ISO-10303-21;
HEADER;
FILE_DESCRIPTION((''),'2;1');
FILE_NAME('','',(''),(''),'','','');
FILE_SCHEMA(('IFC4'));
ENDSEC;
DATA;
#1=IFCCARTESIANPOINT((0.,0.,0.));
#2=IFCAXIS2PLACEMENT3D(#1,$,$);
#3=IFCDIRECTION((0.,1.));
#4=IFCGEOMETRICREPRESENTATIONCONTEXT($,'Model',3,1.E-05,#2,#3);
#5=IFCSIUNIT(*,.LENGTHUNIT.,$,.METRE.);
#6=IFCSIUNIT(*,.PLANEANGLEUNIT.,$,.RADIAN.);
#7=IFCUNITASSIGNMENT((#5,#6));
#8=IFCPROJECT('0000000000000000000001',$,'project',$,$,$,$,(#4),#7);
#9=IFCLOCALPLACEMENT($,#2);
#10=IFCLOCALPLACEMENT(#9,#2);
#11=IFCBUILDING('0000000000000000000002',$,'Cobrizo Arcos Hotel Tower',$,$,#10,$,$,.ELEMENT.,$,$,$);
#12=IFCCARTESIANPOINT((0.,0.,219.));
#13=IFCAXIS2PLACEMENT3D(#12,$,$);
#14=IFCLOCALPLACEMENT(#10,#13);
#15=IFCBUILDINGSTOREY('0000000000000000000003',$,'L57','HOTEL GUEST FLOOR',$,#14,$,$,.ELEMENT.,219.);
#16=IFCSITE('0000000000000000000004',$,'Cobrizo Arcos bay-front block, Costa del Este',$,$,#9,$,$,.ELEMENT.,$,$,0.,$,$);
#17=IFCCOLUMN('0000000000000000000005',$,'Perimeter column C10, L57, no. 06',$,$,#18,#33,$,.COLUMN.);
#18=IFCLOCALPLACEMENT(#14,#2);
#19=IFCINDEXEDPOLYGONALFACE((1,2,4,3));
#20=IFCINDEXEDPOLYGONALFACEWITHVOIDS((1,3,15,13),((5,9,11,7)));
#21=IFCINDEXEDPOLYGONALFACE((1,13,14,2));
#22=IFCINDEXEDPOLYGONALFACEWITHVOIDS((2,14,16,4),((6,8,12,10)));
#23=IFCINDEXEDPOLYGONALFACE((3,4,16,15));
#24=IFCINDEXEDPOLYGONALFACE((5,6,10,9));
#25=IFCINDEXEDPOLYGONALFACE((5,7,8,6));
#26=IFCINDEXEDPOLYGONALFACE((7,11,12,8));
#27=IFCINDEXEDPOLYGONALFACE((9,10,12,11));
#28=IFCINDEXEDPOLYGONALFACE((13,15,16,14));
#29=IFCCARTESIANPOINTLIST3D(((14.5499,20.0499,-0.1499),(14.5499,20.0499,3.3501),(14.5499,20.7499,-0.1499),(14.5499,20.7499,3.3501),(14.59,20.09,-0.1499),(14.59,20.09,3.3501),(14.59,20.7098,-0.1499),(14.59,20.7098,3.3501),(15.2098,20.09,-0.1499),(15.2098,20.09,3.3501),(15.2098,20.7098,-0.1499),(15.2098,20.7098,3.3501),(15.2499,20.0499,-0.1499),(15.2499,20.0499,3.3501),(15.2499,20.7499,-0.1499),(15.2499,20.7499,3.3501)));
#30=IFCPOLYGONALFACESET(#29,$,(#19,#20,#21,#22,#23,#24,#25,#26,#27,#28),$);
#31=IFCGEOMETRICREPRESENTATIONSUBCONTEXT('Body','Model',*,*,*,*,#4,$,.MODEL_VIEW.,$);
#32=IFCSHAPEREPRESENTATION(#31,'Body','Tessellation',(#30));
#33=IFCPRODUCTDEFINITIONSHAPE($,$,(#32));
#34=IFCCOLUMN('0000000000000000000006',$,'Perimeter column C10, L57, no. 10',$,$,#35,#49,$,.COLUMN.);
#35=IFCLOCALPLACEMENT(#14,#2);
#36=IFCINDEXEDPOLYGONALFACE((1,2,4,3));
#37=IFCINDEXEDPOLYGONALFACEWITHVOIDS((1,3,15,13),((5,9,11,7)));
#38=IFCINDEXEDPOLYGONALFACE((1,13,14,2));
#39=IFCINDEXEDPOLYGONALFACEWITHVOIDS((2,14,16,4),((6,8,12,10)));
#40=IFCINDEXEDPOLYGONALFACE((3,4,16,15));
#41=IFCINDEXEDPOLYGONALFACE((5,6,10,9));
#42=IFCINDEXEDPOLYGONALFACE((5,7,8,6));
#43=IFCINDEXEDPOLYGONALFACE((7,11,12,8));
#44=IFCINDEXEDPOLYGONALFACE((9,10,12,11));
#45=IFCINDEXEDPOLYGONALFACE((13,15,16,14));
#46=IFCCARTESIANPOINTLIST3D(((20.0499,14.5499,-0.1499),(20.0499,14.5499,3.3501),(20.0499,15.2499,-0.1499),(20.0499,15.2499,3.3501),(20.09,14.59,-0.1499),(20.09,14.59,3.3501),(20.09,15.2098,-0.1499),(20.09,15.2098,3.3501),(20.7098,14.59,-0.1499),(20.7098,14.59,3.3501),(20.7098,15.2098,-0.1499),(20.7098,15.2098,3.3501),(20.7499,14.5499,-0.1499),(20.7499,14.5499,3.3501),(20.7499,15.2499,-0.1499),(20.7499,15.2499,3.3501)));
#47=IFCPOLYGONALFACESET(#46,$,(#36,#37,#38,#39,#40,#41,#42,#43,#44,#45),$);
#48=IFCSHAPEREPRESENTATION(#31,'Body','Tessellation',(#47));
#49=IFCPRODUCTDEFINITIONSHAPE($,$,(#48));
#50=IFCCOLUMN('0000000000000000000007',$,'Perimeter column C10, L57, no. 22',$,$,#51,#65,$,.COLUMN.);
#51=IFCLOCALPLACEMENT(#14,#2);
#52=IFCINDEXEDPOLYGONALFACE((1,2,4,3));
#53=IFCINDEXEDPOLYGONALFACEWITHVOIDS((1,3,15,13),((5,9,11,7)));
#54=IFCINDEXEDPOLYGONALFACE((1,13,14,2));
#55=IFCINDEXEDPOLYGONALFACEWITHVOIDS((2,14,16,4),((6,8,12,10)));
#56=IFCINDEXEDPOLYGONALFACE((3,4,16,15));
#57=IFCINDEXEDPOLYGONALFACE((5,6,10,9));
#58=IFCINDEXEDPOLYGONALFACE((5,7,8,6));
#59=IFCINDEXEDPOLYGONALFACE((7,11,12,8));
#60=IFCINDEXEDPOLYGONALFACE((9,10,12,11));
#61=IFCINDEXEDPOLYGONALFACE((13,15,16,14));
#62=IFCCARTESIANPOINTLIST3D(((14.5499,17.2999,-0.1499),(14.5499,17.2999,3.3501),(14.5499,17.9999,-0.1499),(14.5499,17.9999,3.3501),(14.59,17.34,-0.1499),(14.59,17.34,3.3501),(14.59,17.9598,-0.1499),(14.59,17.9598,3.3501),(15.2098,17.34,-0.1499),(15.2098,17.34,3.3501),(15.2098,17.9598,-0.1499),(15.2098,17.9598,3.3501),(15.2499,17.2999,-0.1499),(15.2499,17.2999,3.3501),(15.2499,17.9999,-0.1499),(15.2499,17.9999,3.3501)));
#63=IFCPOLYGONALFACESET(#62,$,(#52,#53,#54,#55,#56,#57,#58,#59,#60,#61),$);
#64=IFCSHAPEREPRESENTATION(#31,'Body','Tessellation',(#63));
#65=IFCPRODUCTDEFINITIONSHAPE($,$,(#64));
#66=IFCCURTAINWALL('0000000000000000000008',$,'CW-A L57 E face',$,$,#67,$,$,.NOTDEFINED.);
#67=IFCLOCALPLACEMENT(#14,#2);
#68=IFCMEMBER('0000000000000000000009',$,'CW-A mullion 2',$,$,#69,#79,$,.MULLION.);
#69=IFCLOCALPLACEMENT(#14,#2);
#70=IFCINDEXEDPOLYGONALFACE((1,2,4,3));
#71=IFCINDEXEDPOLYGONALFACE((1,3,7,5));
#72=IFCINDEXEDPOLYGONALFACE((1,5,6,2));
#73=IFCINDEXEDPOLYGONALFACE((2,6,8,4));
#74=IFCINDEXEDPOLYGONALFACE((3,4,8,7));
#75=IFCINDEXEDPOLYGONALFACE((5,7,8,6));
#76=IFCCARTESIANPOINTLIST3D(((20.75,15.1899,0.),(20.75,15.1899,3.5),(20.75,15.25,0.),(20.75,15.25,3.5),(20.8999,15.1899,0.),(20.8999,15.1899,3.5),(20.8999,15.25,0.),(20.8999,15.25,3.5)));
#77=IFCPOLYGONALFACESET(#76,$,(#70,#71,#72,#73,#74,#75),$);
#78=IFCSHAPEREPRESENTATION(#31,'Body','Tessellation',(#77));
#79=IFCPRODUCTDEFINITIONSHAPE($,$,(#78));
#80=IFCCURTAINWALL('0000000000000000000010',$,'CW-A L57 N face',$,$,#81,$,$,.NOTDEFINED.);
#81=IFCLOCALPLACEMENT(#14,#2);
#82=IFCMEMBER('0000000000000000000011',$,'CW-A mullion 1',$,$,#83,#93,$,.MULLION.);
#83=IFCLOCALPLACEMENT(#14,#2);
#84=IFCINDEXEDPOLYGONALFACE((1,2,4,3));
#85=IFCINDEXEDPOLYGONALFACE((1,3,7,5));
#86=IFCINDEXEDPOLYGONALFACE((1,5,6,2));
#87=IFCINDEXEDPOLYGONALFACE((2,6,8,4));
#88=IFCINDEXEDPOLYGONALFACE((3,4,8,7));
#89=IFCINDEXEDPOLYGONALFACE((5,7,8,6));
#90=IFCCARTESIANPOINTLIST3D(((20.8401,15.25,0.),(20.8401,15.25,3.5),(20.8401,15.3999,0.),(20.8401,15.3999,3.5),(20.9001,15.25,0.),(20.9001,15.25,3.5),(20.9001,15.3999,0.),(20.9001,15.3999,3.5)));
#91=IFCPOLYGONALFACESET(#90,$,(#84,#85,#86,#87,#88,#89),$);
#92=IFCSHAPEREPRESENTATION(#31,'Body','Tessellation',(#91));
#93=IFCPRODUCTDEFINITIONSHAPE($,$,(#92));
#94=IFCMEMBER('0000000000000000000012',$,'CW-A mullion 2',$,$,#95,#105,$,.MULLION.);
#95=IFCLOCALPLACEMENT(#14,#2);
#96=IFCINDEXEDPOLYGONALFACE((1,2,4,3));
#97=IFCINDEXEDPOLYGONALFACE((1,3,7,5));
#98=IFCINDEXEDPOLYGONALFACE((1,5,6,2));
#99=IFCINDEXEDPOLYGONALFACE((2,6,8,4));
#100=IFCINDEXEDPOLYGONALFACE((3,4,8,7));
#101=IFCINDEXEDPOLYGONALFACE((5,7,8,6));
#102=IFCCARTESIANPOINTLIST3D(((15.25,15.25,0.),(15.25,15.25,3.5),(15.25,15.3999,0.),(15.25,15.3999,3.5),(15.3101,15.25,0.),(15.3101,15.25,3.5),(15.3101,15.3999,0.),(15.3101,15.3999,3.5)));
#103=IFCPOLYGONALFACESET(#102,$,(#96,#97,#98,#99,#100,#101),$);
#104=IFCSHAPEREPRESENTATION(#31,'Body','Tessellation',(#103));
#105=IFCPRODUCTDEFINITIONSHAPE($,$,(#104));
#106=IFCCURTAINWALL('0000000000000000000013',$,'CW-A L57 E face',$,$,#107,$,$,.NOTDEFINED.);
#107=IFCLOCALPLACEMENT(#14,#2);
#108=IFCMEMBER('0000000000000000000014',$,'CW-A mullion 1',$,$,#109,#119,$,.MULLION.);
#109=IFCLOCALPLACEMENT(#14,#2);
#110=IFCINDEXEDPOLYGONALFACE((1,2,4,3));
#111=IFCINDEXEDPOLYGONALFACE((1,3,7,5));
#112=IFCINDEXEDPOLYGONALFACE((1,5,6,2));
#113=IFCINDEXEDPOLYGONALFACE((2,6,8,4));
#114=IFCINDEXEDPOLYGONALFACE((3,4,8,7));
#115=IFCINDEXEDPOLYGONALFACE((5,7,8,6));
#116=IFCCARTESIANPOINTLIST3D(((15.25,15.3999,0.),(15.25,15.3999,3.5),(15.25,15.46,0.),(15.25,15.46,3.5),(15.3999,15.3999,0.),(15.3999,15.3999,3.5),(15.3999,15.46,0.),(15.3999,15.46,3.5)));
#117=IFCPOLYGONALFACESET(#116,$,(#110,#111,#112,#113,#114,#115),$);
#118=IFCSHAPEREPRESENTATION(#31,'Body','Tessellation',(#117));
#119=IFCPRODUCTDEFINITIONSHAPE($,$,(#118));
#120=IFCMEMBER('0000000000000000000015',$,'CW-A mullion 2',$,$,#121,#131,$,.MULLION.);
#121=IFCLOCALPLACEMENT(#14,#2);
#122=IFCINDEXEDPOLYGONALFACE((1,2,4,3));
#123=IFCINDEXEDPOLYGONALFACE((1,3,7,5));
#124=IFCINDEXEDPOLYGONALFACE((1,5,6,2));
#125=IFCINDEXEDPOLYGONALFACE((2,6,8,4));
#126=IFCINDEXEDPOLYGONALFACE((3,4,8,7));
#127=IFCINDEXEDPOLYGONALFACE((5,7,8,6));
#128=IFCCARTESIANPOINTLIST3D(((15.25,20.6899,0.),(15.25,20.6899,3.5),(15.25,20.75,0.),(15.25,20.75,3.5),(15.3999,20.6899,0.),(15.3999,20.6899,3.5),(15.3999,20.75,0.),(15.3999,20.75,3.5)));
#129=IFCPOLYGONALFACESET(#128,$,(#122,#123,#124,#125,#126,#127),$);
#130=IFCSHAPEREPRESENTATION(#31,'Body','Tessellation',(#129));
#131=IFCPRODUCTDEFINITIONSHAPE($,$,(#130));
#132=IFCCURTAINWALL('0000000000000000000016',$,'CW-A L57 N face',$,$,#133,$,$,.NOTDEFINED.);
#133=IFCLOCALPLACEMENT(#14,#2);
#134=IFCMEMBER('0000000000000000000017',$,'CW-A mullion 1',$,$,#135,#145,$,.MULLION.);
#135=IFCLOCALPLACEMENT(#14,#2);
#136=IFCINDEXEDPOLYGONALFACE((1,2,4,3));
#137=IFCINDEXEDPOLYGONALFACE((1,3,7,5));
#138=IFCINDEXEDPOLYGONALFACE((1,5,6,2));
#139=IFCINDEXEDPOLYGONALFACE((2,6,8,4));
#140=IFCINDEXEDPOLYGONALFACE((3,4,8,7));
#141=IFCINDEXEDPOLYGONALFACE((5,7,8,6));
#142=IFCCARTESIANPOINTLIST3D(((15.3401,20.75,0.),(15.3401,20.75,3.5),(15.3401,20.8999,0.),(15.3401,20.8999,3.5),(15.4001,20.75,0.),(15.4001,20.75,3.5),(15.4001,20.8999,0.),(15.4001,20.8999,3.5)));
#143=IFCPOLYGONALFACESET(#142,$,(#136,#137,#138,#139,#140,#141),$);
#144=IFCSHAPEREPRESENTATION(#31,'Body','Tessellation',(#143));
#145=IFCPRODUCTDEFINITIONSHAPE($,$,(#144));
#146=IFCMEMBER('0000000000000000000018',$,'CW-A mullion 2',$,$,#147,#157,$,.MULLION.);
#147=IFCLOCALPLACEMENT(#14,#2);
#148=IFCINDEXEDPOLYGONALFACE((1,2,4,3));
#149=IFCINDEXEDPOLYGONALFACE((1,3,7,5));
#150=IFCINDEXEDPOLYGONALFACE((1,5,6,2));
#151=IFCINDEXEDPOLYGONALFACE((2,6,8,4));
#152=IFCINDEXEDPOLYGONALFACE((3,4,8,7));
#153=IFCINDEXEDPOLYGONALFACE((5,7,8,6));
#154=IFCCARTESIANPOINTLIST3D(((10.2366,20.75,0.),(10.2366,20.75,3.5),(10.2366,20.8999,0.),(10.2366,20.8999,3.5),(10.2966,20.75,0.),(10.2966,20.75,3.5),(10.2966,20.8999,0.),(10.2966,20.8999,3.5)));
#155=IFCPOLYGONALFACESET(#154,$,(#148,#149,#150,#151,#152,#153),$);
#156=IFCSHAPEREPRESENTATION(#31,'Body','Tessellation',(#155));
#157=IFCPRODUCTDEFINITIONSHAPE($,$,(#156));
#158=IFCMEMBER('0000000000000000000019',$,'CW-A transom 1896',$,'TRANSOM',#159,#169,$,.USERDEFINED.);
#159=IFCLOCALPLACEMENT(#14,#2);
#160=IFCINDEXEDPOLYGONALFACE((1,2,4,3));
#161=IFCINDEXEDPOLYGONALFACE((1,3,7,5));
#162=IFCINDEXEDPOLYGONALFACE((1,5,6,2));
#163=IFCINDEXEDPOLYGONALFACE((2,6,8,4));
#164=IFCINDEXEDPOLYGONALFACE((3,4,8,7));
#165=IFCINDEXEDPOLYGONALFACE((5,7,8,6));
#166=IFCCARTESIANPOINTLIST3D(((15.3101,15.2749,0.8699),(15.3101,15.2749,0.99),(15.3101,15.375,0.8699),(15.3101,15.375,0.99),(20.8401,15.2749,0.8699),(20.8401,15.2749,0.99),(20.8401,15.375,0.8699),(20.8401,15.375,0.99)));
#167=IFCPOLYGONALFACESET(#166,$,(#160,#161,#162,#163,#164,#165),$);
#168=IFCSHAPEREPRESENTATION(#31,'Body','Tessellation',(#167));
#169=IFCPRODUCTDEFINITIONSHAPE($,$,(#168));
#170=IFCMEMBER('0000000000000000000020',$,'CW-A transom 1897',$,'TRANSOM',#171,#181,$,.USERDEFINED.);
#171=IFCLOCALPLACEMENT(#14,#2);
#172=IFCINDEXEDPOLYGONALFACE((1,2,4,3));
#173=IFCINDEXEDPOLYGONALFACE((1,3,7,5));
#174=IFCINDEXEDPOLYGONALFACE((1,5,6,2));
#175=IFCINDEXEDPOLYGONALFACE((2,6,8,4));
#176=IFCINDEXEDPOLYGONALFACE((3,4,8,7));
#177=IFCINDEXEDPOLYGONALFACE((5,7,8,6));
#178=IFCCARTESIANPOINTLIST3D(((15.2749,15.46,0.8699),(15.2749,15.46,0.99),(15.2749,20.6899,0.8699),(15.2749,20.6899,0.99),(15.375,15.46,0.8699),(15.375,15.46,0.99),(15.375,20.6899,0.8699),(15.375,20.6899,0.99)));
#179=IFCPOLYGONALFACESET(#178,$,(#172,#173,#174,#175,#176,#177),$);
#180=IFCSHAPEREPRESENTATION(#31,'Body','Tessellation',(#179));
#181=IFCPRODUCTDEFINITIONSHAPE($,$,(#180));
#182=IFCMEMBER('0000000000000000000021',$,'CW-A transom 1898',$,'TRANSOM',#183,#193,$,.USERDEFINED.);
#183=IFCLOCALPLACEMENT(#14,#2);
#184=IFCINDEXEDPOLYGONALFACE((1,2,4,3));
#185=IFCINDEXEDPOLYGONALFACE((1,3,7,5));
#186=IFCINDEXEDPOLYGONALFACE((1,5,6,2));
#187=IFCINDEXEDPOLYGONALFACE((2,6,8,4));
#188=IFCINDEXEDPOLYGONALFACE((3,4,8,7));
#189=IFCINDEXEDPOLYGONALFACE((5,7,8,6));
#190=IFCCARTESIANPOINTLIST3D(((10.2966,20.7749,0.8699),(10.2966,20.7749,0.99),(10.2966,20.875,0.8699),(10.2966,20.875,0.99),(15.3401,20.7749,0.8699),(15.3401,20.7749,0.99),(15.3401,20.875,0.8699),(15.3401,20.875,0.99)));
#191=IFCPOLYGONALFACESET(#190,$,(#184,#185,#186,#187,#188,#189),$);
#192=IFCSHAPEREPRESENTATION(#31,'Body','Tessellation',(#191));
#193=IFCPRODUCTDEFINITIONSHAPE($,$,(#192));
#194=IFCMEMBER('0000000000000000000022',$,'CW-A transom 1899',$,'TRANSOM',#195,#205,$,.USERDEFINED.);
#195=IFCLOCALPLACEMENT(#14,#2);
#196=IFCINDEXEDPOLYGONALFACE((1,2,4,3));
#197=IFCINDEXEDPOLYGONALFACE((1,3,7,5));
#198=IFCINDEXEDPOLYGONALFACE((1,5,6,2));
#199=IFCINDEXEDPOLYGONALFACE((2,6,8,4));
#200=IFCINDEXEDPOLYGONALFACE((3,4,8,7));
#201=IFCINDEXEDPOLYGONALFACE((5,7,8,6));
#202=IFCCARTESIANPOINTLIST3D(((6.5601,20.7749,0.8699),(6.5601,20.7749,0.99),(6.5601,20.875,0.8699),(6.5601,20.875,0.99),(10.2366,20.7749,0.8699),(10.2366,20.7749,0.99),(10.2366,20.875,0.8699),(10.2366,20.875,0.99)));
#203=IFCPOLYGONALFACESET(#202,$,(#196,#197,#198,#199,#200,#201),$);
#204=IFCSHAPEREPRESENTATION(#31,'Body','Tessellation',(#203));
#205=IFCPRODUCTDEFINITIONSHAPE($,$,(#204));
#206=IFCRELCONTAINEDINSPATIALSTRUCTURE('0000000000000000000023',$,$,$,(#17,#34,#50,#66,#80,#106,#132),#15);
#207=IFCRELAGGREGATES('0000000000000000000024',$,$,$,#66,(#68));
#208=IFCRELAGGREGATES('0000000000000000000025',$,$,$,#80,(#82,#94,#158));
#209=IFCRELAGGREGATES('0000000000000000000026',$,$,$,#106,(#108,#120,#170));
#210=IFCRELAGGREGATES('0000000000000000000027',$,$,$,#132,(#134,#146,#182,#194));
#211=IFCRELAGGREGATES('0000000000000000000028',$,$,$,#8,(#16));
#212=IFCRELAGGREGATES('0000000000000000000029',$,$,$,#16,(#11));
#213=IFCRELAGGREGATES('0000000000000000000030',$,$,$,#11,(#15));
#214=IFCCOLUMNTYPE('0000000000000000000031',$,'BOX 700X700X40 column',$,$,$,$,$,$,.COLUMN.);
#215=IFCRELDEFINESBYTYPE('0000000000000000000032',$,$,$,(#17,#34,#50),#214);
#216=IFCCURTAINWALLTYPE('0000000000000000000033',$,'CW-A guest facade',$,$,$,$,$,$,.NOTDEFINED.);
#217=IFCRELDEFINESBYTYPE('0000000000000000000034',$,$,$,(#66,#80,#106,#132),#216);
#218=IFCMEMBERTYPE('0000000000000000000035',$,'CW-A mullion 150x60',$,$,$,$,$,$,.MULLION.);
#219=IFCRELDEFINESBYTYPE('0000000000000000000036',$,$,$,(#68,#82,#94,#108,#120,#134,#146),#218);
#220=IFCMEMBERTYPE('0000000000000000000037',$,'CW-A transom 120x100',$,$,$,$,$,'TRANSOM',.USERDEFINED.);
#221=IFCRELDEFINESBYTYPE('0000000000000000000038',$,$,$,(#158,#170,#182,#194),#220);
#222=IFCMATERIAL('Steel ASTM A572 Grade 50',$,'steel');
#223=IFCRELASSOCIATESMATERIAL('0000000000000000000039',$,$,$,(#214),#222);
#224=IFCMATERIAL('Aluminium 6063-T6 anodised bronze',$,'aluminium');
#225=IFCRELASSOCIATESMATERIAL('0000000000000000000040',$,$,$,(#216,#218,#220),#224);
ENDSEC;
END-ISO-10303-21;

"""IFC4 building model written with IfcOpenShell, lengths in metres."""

from ifc_helpers import new_model, si_unit, direction, frame, origin, origin_2d, place, context, subcontext, project, spatial, rectangle, hollow_rectangle, extrude, material, material_profile, profile_set, type_object, element, aggregate, save


model = new_model("IFC4")

# Units and contexts
model_context = context("Model", 3, precision=1e-05, world=origin(), true_north=direction((0.0, 1.0)))
body_context = subcontext(model_context, "Body", "Model", "MODEL_VIEW")
ifc_project = project(units=[si_unit("LENGTHUNIT", "METRE"), si_unit("PLANEANGLEUNIT", "RADIAN")], contexts=[model_context])

# Site, building, storey
site_placement = place(None, origin())
site = spatial("IfcSite", under=ifc_project, at=site_placement, Name="Cobrizo Arcos bay-front block, Costa del Este", CompositionType="ELEMENT", RefElevation=0.0)
building_placement = place(site_placement, origin())
building = spatial("IfcBuilding", under=site, at=building_placement, Name="Cobrizo Arcos Hotel Tower", CompositionType="ELEMENT")
storey_placement = place(building_placement, frame((0.0, 0.0, 219.0)))
storey = spatial("IfcBuildingStorey", under=building, at=storey_placement, Name="L57", Description="HOTEL GUEST FLOOR", CompositionType="ELEMENT", Elevation=219.0)

# Columns
ifc_material_1 = material(Name="Steel ASTM A572 Grade 50", Category="steel")
ifc_material_profile_1 = material_profile(ifc_material_1, hollow_rectangle(XDim=0.7, YDim=0.7, WallThickness=0.04, at=origin_2d()), Name="BOX 700X700X40")
ifc_profile_set_1 = profile_set([ifc_material_profile_1], Name="Steel ASTM A572 Grade 50")
column_type = type_object("IfcColumnType", Name="BOX 700X700X40 column", PredefinedType="COLUMN", material=ifc_profile_set_1)
for number, where, z_axis, x_axis, name in (
    (1, (14.8999, 20.3999, -0.1499), (0.0, 0.0, 1.0), (1.0, 0.0, 0.0), "Perimeter column C10, L57, no. 06"),
    (2, (20.3999, 14.8999, -0.1499), (0.0, 0.0, 1.0), (1.0, 0.0, 0.0), "Perimeter column C10, L57, no. 10"),
    (3, (14.8999, 17.6499, -0.1499), (0.0, 0.0, 1.0), (1.0, 0.0, 0.0), "Perimeter column C10, L57, no. 22"),
):
    element("IfcColumn", number, at=place(storey_placement, frame(where, z_axis=z_axis, x_axis=x_axis)), inside=storey, type_object=column_type, Name=name, PredefinedType="COLUMN", context=body_context, shape_type="SweptSolid", body=[
        extrude(hollow_rectangle(XDim=0.7, YDim=0.7, WallThickness=0.04, at=origin_2d()), origin(), (0.0, 0.0, 1.0), 3.5),
    ])

# Curtain wall, member
ifc_material_2 = material(Name="Aluminium 6063-T6 anodised bronze", Category="aluminium")
curtain_wall_type = type_object("IfcCurtainWallType", Name="CW-A guest facade", PredefinedType="NOTDEFINED", material=ifc_material_2)
curtain_wall_1_placement = place(storey_placement, origin())
curtain_wall_1 = element("IfcCurtainWall", 4, at=curtain_wall_1_placement, inside=storey, type_object=curtain_wall_type, Name="CW-A L57 E face", PredefinedType="NOTDEFINED")
ifc_material_profile_2 = material_profile(ifc_material_2, rectangle(XDim=0.1499, YDim=0.0601, at=origin_2d()), Name="CW-A mullion 150x60")
ifc_profile_set_2 = profile_set([ifc_material_profile_2], Name="Aluminium 6063-T6 anodised bronze")
member_type_1 = type_object("IfcMemberType", Name="CW-A mullion 150x60", PredefinedType="MULLION", material=ifc_profile_set_2)
member_1_placement = place(storey_placement, frame((20.825, 15.22, 0.0), z_axis=(0.0, 0.0, 1.0), x_axis=(1.0, 0.0, 0.0)))
member_1 = element("IfcMember", 5, at=member_1_placement, type_object=member_type_1, Name="CW-A mullion 2", PredefinedType="MULLION", context=body_context, shape_type="SweptSolid", body=[
    extrude(rectangle(XDim=0.1499, YDim=0.0601, at=origin_2d()), origin(), (0.0, 0.0, 1.0), 3.5),
])
aggregate(curtain_wall_1, [member_1])

# Curtain walls, members
curtain_wall_2_placement = place(storey_placement, origin())
curtain_wall_2 = element("IfcCurtainWall", 6, at=curtain_wall_2_placement, inside=storey, type_object=curtain_wall_type, Name="CW-A L57 N face", PredefinedType="NOTDEFINED")
member_2_placement = place(storey_placement, frame((20.8701, 15.325, 0.0), z_axis=(0.0, 0.0, 1.0), x_axis=(0.0, 1.0, 0.0)))
member_2 = element("IfcMember", 7, at=member_2_placement, type_object=member_type_1, Name="CW-A mullion 1", PredefinedType="MULLION", context=body_context, shape_type="SweptSolid", body=[
    extrude(rectangle(XDim=0.1499, YDim=0.0601, at=origin_2d()), origin(), (0.0, 0.0, 1.0), 3.5),
])
member_3_placement = place(storey_placement, frame((15.28, 15.325, 0.0), z_axis=(0.0, 0.0, 1.0), x_axis=(0.0, 1.0, 0.0)))
member_3 = element("IfcMember", 8, at=member_3_placement, type_object=member_type_1, Name="CW-A mullion 2", PredefinedType="MULLION", context=body_context, shape_type="SweptSolid", body=[
    extrude(rectangle(XDim=0.1499, YDim=0.0601, at=origin_2d()), origin(), (0.0, 0.0, 1.0), 3.5),
])
curtain_wall_3_placement = place(storey_placement, origin())
curtain_wall_3 = element("IfcCurtainWall", 9, at=curtain_wall_3_placement, inside=storey, type_object=curtain_wall_type, Name="CW-A L57 E face", PredefinedType="NOTDEFINED")
member_4_placement = place(storey_placement, frame((15.325, 15.4299, 0.0), z_axis=(0.0, 0.0, 1.0), x_axis=(1.0, 0.0, 0.0)))
member_4 = element("IfcMember", 10, at=member_4_placement, type_object=member_type_1, Name="CW-A mullion 1", PredefinedType="MULLION", context=body_context, shape_type="SweptSolid", body=[
    extrude(rectangle(XDim=0.1499, YDim=0.0601, at=origin_2d()), origin(), (0.0, 0.0, 1.0), 3.5),
])
member_5_placement = place(storey_placement, frame((15.325, 20.72, 0.0), z_axis=(0.0, 0.0, 1.0), x_axis=(1.0, 0.0, 0.0)))
member_5 = element("IfcMember", 11, at=member_5_placement, type_object=member_type_1, Name="CW-A mullion 2", PredefinedType="MULLION", context=body_context, shape_type="SweptSolid", body=[
    extrude(rectangle(XDim=0.1499, YDim=0.0601, at=origin_2d()), origin(), (0.0, 0.0, 1.0), 3.5),
])
curtain_wall_4_placement = place(storey_placement, origin())
curtain_wall_4 = element("IfcCurtainWall", 12, at=curtain_wall_4_placement, inside=storey, type_object=curtain_wall_type, Name="CW-A L57 N face", PredefinedType="NOTDEFINED")
member_6_placement = place(storey_placement, frame((15.3701, 20.825, 0.0), z_axis=(0.0, 0.0, 1.0), x_axis=(0.0, 1.0, 0.0)))
member_6 = element("IfcMember", 13, at=member_6_placement, type_object=member_type_1, Name="CW-A mullion 1", PredefinedType="MULLION", context=body_context, shape_type="SweptSolid", body=[
    extrude(rectangle(XDim=0.1499, YDim=0.0601, at=origin_2d()), origin(), (0.0, 0.0, 1.0), 3.5),
])
member_7_placement = place(storey_placement, frame((10.2666, 20.825, 0.0), z_axis=(0.0, 0.0, 1.0), x_axis=(0.0, 1.0, 0.0)))
member_7 = element("IfcMember", 14, at=member_7_placement, type_object=member_type_1, Name="CW-A mullion 2", PredefinedType="MULLION", context=body_context, shape_type="SweptSolid", body=[
    extrude(rectangle(XDim=0.1499, YDim=0.0601, at=origin_2d()), origin(), (0.0, 0.0, 1.0), 3.5),
])

# Members
ifc_material_profile_3 = material_profile(ifc_material_2, rectangle(XDim=0.1001, YDim=0.1201, at=origin_2d()), Name="CW-A transom 120x100")
ifc_profile_set_3 = profile_set([ifc_material_profile_3], Name="Aluminium 6063-T6 anodised bronze")
member_type_2 = type_object("IfcMemberType", Name="CW-A transom 120x100", ElementType="TRANSOM", PredefinedType="USERDEFINED", material=ifc_profile_set_3)
member_8_placement = place(storey_placement, frame((20.8401, 15.325, 0.9299), z_axis=(-1.0, 0.0, 0.0), x_axis=(0.0, -1.0, 0.0)))
member_8 = element("IfcMember", 15, at=member_8_placement, type_object=member_type_2, Name="CW-A transom 1896", ObjectType="TRANSOM", PredefinedType="USERDEFINED", context=body_context, shape_type="SweptSolid", body=[
    extrude(rectangle(XDim=0.1001, YDim=0.1201, at=origin_2d()), origin(), (0.0, 0.0, 1.0), 5.53),
])
member_9_placement = place(storey_placement, frame((15.325, 15.46, 0.9299), z_axis=(0.0, 1.0, 0.0), x_axis=(-1.0, 0.0, 0.0)))
member_9 = element("IfcMember", 16, at=member_9_placement, type_object=member_type_2, Name="CW-A transom 1897", ObjectType="TRANSOM", PredefinedType="USERDEFINED", context=body_context, shape_type="SweptSolid", body=[
    extrude(rectangle(XDim=0.1001, YDim=0.1201, at=origin_2d()), origin(), (0.0, 0.0, 1.0), 5.23),
])
member_10_placement = place(storey_placement, frame((15.3401, 20.825, 0.9299), z_axis=(-1.0, 0.0, 0.0), x_axis=(0.0, -1.0, 0.0)))
member_10 = element("IfcMember", 17, at=member_10_placement, type_object=member_type_2, Name="CW-A transom 1898", ObjectType="TRANSOM", PredefinedType="USERDEFINED", context=body_context, shape_type="SweptSolid", body=[
    extrude(rectangle(XDim=0.1001, YDim=0.1201, at=origin_2d()), origin(), (0.0, 0.0, 1.0), 5.0435),
])
member_11_placement = place(storey_placement, frame((10.2366, 20.825, 0.9299), z_axis=(-1.0, 0.0, 0.0), x_axis=(0.0, -1.0, 0.0)))
member_11 = element("IfcMember", 18, at=member_11_placement, type_object=member_type_2, Name="CW-A transom 1899", ObjectType="TRANSOM", PredefinedType="USERDEFINED", context=body_context, shape_type="SweptSolid", body=[
    extrude(rectangle(XDim=0.1001, YDim=0.1201, at=origin_2d()), origin(), (0.0, 0.0, 1.0), 3.6765),
])

aggregate(curtain_wall_2, [member_2, member_3, member_8])
aggregate(curtain_wall_3, [member_4, member_5, member_9])
aggregate(curtain_wall_4, [member_6, member_7, member_10, member_11])

save(model, "model.ifc")
